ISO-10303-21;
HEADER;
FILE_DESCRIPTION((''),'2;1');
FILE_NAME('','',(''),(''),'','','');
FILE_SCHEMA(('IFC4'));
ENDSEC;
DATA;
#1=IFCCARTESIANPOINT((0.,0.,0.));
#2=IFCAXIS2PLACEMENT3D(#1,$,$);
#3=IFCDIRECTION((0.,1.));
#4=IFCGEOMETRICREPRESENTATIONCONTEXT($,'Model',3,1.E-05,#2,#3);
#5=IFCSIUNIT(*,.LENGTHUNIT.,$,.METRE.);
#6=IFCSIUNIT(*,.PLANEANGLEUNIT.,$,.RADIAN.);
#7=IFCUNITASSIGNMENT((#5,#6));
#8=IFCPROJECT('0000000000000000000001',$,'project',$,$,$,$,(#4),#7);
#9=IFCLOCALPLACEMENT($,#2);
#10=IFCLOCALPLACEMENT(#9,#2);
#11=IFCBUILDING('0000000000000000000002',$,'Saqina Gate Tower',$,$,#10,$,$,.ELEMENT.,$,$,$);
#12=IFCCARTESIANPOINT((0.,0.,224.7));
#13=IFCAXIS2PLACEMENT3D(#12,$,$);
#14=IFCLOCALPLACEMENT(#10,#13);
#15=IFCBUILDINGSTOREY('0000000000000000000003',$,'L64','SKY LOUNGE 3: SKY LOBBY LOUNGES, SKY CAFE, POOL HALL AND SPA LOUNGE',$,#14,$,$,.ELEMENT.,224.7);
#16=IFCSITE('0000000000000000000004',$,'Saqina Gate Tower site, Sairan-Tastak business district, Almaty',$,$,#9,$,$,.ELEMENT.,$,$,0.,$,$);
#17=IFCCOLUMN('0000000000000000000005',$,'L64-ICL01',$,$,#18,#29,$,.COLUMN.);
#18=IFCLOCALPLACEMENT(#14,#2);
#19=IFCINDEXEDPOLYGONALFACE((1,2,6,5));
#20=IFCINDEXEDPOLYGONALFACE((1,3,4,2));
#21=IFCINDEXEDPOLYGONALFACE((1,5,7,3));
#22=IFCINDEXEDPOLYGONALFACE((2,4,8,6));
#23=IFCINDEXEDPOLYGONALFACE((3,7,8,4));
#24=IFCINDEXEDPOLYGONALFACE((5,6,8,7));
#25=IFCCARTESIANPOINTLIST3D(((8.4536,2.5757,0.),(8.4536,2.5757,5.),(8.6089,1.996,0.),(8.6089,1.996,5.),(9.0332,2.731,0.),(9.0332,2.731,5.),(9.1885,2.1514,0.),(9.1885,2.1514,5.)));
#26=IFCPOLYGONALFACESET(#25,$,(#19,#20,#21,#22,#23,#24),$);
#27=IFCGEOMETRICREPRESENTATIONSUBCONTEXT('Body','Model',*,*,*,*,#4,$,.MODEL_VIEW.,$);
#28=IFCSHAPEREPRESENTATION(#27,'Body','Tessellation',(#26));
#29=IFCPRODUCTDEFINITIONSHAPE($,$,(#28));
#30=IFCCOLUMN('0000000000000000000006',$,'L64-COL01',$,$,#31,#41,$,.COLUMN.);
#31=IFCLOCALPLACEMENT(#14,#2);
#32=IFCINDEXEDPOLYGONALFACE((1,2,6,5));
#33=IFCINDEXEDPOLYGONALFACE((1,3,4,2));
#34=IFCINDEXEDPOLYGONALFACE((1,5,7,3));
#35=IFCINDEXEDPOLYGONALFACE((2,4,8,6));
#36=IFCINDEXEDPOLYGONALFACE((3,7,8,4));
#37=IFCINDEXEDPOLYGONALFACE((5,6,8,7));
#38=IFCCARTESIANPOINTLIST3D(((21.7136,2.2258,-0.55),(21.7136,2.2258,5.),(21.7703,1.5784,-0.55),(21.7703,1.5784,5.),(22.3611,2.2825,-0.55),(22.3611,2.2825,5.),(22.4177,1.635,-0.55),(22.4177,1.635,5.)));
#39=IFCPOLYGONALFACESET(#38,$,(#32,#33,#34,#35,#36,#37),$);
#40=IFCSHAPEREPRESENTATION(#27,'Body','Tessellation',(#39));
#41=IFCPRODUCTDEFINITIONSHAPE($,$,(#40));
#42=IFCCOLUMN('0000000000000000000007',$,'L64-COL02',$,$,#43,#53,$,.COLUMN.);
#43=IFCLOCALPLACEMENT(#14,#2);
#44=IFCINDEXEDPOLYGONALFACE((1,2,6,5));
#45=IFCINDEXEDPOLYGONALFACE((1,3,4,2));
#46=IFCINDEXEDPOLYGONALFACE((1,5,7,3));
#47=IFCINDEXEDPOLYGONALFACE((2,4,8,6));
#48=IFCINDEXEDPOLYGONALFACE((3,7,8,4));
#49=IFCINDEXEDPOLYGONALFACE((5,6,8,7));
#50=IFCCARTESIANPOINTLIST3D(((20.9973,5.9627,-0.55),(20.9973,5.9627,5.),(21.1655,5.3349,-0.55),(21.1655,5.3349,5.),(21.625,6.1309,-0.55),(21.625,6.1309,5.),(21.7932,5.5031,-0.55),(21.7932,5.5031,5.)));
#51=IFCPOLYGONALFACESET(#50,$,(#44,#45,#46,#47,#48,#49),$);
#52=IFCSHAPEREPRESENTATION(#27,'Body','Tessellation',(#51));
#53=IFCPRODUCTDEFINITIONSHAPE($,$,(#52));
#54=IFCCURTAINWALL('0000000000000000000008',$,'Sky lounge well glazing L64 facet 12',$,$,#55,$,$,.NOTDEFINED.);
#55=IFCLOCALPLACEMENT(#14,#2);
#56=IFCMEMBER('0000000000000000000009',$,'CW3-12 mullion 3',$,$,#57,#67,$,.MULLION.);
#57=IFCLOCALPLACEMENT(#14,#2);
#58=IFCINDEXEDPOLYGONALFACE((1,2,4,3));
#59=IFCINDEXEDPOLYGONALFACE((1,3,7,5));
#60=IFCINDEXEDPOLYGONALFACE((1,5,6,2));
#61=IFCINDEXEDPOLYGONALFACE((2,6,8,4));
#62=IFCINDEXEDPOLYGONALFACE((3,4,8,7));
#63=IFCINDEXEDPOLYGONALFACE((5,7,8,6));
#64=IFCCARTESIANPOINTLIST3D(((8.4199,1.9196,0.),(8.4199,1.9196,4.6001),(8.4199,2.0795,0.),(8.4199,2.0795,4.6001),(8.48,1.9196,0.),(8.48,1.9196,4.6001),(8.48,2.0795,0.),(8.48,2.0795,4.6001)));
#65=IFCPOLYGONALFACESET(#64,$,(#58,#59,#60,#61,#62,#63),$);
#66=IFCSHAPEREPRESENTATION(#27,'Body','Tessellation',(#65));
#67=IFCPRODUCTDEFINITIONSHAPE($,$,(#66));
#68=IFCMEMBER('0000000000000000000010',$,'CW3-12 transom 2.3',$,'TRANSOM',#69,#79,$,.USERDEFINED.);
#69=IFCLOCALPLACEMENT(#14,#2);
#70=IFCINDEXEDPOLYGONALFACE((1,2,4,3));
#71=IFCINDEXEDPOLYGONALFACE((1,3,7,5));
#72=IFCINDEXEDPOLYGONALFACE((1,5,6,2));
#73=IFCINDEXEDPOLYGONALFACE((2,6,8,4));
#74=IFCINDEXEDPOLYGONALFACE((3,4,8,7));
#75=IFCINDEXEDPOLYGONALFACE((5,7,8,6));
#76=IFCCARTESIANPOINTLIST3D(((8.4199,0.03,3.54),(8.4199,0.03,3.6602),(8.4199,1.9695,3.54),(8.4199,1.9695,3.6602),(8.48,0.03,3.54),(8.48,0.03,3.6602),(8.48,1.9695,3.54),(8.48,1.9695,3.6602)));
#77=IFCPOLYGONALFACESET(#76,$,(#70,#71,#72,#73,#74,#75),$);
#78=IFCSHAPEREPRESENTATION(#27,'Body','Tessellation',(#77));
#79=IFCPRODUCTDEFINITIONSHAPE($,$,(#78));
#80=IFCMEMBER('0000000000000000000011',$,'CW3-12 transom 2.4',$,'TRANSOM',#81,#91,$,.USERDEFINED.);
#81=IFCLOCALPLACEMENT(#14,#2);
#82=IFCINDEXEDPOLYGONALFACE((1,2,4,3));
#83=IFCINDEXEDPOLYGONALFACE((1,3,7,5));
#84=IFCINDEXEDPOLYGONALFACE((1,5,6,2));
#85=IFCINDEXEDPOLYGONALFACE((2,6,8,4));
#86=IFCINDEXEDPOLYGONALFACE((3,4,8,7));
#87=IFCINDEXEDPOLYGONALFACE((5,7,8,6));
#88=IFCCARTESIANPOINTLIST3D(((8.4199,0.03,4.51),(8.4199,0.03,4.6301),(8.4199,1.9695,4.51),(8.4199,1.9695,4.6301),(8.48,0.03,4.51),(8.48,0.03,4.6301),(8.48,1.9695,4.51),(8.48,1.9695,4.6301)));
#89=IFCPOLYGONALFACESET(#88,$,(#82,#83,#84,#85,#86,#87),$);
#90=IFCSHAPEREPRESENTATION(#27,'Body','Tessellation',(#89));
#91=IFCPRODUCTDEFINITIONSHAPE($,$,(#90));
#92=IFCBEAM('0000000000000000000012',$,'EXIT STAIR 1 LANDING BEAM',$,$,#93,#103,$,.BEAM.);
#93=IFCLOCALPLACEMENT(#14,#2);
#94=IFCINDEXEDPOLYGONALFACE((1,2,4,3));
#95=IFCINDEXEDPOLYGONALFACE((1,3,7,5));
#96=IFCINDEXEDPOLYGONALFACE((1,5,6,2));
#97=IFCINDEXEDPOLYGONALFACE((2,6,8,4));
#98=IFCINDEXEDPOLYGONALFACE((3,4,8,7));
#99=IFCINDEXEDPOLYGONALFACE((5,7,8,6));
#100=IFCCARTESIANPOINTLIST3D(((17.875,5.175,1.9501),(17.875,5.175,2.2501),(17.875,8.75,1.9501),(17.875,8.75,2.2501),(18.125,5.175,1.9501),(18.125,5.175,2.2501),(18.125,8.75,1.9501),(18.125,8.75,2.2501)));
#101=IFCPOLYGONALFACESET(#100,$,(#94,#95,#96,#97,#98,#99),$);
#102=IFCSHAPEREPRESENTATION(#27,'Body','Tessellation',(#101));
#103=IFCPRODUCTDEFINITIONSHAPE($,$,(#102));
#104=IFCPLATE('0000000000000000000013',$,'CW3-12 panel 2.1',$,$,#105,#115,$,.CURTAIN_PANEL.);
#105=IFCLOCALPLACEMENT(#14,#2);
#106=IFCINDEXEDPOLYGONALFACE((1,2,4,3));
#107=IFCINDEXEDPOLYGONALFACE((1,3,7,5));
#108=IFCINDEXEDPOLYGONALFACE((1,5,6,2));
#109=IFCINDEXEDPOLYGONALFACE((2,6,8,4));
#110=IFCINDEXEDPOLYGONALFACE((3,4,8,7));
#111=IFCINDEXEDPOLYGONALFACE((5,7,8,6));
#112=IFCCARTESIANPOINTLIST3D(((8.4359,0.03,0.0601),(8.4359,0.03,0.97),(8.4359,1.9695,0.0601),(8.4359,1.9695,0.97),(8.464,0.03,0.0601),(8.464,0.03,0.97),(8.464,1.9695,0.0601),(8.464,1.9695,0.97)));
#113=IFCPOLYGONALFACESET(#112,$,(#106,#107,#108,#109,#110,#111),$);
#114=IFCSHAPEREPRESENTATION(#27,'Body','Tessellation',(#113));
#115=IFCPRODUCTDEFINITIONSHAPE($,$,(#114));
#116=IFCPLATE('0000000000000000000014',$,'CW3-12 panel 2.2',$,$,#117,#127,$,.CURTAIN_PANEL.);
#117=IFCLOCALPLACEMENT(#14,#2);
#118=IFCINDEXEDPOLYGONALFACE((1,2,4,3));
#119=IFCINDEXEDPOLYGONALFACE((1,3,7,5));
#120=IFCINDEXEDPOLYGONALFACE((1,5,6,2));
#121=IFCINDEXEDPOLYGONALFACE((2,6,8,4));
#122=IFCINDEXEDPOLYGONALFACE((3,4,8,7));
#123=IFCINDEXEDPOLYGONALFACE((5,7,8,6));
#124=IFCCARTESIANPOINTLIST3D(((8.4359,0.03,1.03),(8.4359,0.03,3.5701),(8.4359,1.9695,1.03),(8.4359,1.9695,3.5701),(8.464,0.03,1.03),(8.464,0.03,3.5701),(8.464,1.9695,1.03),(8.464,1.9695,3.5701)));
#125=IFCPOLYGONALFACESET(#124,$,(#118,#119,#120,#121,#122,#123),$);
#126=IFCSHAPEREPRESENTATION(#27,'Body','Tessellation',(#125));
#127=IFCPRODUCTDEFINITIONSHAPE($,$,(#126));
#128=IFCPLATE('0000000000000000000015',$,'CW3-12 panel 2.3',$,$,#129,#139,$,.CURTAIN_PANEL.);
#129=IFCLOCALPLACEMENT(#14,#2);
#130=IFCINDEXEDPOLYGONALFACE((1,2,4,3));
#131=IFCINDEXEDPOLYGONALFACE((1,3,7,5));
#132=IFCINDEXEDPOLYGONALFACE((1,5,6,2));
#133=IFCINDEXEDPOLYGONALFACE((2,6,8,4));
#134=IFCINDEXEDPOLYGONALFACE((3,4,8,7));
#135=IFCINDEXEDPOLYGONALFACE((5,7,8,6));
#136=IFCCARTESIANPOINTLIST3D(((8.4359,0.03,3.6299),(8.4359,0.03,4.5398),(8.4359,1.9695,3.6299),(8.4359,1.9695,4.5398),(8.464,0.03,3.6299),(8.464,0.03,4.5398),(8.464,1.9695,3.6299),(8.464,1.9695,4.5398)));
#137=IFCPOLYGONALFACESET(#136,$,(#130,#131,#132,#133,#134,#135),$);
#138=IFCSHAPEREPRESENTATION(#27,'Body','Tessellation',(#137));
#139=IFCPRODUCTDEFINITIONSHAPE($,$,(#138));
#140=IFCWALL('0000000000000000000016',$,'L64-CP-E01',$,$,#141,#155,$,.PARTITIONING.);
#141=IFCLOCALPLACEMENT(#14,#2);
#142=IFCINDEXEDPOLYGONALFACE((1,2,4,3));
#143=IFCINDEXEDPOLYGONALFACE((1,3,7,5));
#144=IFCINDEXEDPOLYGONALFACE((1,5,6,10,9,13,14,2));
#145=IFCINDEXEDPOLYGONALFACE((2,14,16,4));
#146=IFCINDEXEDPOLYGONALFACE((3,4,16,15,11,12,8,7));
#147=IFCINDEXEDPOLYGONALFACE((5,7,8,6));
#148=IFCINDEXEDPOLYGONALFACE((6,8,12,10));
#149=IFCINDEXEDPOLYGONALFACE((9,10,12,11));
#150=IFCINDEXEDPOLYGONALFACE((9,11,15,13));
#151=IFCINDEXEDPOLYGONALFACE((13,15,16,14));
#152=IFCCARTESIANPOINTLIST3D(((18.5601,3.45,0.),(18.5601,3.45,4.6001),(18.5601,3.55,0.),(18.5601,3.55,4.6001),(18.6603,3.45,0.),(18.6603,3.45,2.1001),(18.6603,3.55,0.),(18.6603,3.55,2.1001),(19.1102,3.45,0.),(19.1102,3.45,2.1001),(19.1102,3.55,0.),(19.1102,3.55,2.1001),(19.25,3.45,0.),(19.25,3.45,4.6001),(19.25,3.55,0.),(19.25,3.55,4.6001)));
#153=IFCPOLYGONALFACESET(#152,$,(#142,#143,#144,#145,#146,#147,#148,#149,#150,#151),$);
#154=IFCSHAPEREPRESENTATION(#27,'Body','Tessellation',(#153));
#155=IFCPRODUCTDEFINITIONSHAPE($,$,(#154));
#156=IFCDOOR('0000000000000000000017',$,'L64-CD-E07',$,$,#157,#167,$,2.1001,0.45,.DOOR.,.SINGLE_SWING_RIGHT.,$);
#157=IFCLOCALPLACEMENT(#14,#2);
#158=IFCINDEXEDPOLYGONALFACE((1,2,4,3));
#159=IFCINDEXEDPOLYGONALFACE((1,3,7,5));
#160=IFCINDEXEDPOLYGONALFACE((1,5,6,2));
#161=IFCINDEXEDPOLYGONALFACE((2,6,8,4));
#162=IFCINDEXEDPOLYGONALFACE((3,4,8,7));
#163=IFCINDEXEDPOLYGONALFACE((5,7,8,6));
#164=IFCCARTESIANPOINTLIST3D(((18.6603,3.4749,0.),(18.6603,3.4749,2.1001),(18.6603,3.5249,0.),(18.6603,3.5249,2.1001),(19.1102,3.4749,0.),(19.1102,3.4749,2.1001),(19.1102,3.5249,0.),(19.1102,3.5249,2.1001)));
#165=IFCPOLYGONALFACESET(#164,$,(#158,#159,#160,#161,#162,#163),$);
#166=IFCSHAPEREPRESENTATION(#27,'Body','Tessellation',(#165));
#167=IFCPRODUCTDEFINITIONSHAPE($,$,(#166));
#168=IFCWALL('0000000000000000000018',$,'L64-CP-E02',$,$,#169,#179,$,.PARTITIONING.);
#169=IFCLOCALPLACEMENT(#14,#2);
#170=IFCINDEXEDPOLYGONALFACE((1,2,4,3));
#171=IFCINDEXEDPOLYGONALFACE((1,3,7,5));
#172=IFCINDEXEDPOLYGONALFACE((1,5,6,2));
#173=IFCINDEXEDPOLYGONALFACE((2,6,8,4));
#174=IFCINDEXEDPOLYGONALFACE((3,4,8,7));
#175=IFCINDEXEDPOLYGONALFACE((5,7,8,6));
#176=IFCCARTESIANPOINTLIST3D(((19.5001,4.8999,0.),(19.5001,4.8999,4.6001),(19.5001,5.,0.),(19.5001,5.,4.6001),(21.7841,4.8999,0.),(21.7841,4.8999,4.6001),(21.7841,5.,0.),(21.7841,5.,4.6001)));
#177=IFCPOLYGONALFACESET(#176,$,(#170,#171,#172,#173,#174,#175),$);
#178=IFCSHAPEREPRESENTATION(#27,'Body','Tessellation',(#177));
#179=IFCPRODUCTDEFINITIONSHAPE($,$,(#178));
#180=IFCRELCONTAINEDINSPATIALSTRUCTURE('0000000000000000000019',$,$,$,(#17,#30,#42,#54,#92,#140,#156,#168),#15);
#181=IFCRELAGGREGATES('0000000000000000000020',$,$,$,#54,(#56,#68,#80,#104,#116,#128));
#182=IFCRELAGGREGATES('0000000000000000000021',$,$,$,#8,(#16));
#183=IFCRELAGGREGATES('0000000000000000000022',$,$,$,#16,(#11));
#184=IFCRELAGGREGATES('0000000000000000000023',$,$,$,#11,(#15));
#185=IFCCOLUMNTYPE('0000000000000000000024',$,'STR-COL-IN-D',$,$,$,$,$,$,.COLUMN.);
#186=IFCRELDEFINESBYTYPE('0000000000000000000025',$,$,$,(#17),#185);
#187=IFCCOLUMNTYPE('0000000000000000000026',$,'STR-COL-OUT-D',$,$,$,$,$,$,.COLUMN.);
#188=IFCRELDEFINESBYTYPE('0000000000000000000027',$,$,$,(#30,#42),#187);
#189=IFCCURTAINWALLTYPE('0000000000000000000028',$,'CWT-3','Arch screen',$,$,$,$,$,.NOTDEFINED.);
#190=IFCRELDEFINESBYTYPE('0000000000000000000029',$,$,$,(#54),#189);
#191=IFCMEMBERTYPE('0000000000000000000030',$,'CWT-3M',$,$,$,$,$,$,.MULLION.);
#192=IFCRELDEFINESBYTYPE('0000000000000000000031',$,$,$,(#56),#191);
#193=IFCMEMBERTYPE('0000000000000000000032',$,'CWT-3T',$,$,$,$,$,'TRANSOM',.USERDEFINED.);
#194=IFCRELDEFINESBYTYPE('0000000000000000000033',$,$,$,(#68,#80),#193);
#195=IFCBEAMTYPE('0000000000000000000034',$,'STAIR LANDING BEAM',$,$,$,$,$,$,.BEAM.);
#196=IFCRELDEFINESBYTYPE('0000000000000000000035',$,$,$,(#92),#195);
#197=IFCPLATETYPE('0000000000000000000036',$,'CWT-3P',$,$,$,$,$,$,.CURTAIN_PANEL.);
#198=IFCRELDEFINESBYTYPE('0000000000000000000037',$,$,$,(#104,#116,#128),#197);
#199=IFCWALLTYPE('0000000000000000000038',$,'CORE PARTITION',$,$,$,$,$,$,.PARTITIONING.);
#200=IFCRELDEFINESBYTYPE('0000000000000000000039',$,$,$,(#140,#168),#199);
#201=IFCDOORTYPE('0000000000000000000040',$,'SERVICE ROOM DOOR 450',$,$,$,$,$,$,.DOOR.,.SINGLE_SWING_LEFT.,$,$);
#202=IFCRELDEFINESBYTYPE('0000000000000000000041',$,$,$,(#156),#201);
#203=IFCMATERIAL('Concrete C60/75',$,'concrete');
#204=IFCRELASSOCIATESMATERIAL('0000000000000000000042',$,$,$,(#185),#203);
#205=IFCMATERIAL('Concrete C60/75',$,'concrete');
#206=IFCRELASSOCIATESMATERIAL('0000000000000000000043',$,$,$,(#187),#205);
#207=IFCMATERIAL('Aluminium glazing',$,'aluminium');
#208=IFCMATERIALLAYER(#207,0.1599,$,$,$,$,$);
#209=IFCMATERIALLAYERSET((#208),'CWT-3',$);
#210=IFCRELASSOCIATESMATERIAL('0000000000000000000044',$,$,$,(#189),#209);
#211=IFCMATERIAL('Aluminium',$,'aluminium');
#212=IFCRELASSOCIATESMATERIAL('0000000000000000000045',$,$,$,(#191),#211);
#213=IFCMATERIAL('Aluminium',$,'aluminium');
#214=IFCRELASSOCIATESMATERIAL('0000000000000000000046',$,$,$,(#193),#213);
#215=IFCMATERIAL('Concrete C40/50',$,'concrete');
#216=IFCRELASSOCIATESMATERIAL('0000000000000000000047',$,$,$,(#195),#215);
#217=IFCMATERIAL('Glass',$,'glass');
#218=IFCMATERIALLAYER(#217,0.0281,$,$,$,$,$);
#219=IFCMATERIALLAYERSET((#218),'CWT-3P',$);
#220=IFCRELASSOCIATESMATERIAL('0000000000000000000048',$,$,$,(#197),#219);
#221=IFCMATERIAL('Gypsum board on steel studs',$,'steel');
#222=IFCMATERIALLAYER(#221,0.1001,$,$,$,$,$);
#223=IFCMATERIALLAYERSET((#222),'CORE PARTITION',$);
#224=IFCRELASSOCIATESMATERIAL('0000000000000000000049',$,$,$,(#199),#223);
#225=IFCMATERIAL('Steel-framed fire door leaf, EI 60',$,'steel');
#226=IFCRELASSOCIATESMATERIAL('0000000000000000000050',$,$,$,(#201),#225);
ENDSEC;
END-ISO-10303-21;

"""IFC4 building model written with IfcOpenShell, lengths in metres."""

from ifc_helpers import new_model, si_unit, direction, frame, frame_2d, origin, origin_2d, place, context, subcontext, project, spatial, rectangle, extrude, material, layer, layer_set, material_profile, profile_set, type_object, element, fill, aggregate, save


model = new_model("IFC4")

# Units and contexts
model_context = context("Model", 3, precision=1e-05, world=origin(), true_north=direction((0.0, 1.0)))
body_context = subcontext(model_context, "Body", "Model", "MODEL_VIEW")
ifc_project = project(units=[si_unit("LENGTHUNIT", "METRE"), si_unit("PLANEANGLEUNIT", "RADIAN")], contexts=[model_context])

# Site, building, storey
site_placement = place(None, origin())
site = spatial("IfcSite", under=ifc_project, at=site_placement, Name="Saqina Gate Tower site, Sairan-Tastak business district, Almaty", CompositionType="ELEMENT", RefElevation=0.0)
building_placement = place(site_placement, origin())
building = spatial("IfcBuilding", under=site, at=building_placement, Name="Saqina Gate Tower", CompositionType="ELEMENT")
storey_placement = place(building_placement, frame((0.0, 0.0, 224.7)))
storey = spatial("IfcBuildingStorey", under=building, at=storey_placement, Name="L64", Description="SKY LOUNGE 3: SKY LOBBY LOUNGES, SKY CAFE, POOL HALL AND SPA LOUNGE", CompositionType="ELEMENT", Elevation=224.7)

# Columns
ifc_material_1 = material(Name="Concrete C60/75", Category="concrete")
ifc_material_profile_1 = material_profile(ifc_material_1, rectangle(XDim=0.6001, YDim=0.6001, at=origin_2d()), Name="RC 600x600")
ifc_profile_set_1 = profile_set([ifc_material_profile_1], Name="Concrete C60/75")
column_type_1 = type_object("IfcColumnType", Name="STR-COL-IN-D", PredefinedType="COLUMN", material=ifc_profile_set_1)
column_placement = place(storey_placement, frame((8.821, 2.3635, 0.0), z_axis=(0.0, 0.0, 1.0), x_axis=(0.965926, 0.258819, 0.0)))
element("IfcColumn", 1, at=column_placement, inside=storey, type_object=column_type_1, Name="L64-ICL01", PredefinedType="COLUMN", context=body_context, shape_type="SweptSolid", body=[
    extrude(rectangle(XDim=0.6001, YDim=0.6001, at=origin_2d()), origin(), (0.0, 0.0, 1.0), 5.0),
])
ifc_material_2 = material(Name="Concrete C60/75", Category="concrete")
ifc_material_profile_2 = material_profile(ifc_material_2, rectangle(XDim=0.6499, YDim=0.6499, at=origin_2d()), Name="RC 650x650")
ifc_profile_set_2 = profile_set([ifc_material_profile_2], Name="Concrete C60/75")
column_type_2 = type_object("IfcColumnType", Name="STR-COL-OUT-D", PredefinedType="COLUMN", material=ifc_profile_set_2)
for number, where, z_axis, x_axis, name in (
    (2, (22.0657, 1.9304, -0.55), (0.0, 0.0, 1.0), (0.996195, 0.087156, 0.0), "L64-COL01"),
    (3, (21.3953, 5.7329, -0.55), (0.0, 0.0, 1.0), (0.965926, 0.258819, 0.0), "L64-COL02"),
):
    element("IfcColumn", number, at=place(storey_placement, frame(where, z_axis=z_axis, x_axis=x_axis)), inside=storey, type_object=column_type_2, Name=name, PredefinedType="COLUMN", context=body_context, shape_type="SweptSolid", body=[
        extrude(rectangle(XDim=0.6499, YDim=0.6499, at=origin_2d()), origin(), (0.0, 0.0, 1.0), 5.55),
    ])

# Curtain wall, members
ifc_material_3 = material(Name="Aluminium glazing", Category="aluminium")
ifc_layer_1 = layer(ifc_material_3, 0.1599)
ifc_layer_set_1 = layer_set([ifc_layer_1], Name="CWT-3")
curtain_wall_type = type_object("IfcCurtainWallType", Name="CWT-3", Description="Arch screen", PredefinedType="NOTDEFINED", material=ifc_layer_set_1)
curtain_wall_placement = place(storey_placement, origin())
curtain_wall = element("IfcCurtainWall", 4, at=curtain_wall_placement, inside=storey, type_object=curtain_wall_type, Name="Sky lounge well glazing L64 facet 12", PredefinedType="NOTDEFINED")
ifc_material_4 = material(Name="Aluminium", Category="aluminium")
ifc_material_profile_3 = material_profile(ifc_material_4, rectangle(XDim=0.0601, YDim=0.1599, at=origin_2d()), Name="Aluminium 60x160")
ifc_profile_set_3 = profile_set([ifc_material_profile_3], Name="Aluminium")
member_type_1 = type_object("IfcMemberType", Name="CWT-3M", PredefinedType="MULLION", material=ifc_profile_set_3)
member_1_placement = place(storey_placement, frame((8.45, 1.9995, 0.0), z_axis=(0.0, 0.0, 1.0), x_axis=(-1.0, 0.0, 0.0)))
member_1 = element("IfcMember", 5, at=member_1_placement, type_object=member_type_1, Name="CW3-12 mullion 3", PredefinedType="MULLION", context=body_context, shape_type="SweptSolid", body=[
    extrude(rectangle(XDim=0.0601, YDim=0.1599, at=origin_2d()), origin(), (0.0, 0.0, 1.0), 4.6001),
])
ifc_material_5 = material(Name="Aluminium", Category="aluminium")
ifc_material_profile_4 = material_profile(ifc_material_5, rectangle(XDim=0.0601, YDim=0.1201, at=origin_2d()), Name="Aluminium 60x120")
ifc_profile_set_4 = profile_set([ifc_material_profile_4], Name="Aluminium")
member_type_2 = type_object("IfcMemberType", Name="CWT-3T", ElementType="TRANSOM", PredefinedType="USERDEFINED", material=ifc_profile_set_4)
member_2_placement = place(storey_placement, frame((8.45, 0.03, 3.6001), z_axis=(0.0, 1.0, 0.0), x_axis=(-1.0, 0.0, 0.0)))
member_2 = element("IfcMember", 6, at=member_2_placement, type_object=member_type_2, Name="CW3-12 transom 2.3", ObjectType="TRANSOM", PredefinedType="USERDEFINED", context=body_context, shape_type="SweptSolid", body=[
    extrude(rectangle(XDim=0.0601, YDim=0.1201, at=origin_2d()), origin(), (0.0, 0.0, 1.0), 1.9395),
])
member_3_placement = place(storey_placement, frame((8.45, 0.03, 4.5701), z_axis=(0.0, 1.0, 0.0), x_axis=(-1.0, 0.0, 0.0)))
member_3 = element("IfcMember", 7, at=member_3_placement, type_object=member_type_2, Name="CW3-12 transom 2.4", ObjectType="TRANSOM", PredefinedType="USERDEFINED", context=body_context, shape_type="SweptSolid", body=[
    extrude(rectangle(XDim=0.0601, YDim=0.1201, at=origin_2d()), origin(), (0.0, 0.0, 1.0), 1.9395),
])

# Beam
ifc_material_6 = material(Name="Concrete C40/50", Category="concrete")
ifc_material_profile_5 = material_profile(ifc_material_6, rectangle(XDim=0.25, YDim=0.3, at=origin_2d()), Name="STAIR LANDING BEAM")
ifc_profile_set_5 = profile_set([ifc_material_profile_5], Name="Concrete C40/50")
beam_type = type_object("IfcBeamType", Name="STAIR LANDING BEAM", PredefinedType="BEAM", material=ifc_profile_set_5)
beam_placement = place(storey_placement, frame((18.0, 5.175, 2.1001), z_axis=(0.0, 1.0, 0.0), x_axis=(-1.0, 0.0, 0.0)))
element("IfcBeam", 8, at=beam_placement, inside=storey, type_object=beam_type, Name="EXIT STAIR 1 LANDING BEAM", PredefinedType="BEAM", context=body_context, shape_type="SweptSolid", body=[
    extrude(rectangle(XDim=0.25, YDim=0.3, at=origin_2d()), origin(), (0.0, 0.0, 1.0), 3.575),
])

# Plates
ifc_material_7 = material(Name="Glass", Category="glass")
ifc_layer_2 = layer(ifc_material_7, 0.0281)
ifc_layer_set_2 = layer_set([ifc_layer_2], Name="CWT-3P")
plate_type = type_object("IfcPlateType", Name="CWT-3P", PredefinedType="CURTAIN_PANEL", material=ifc_layer_set_2)
plate_1_placement = place(storey_placement, frame((8.45, 0.9998, 0.0601), z_axis=(0.0, 0.0, 1.0), x_axis=(0.0, 1.0, 0.0)))
plate_1 = element("IfcPlate", 9, at=plate_1_placement, type_object=plate_type, Name="CW3-12 panel 2.1", PredefinedType="CURTAIN_PANEL", context=body_context, shape_type="SweptSolid", body=[
    extrude(rectangle(XDim=1.9395, YDim=0.0281, at=origin_2d()), origin(), (0.0, 0.0, 1.0), 0.9099),
])
plate_2_placement = place(storey_placement, frame((8.45, 0.9998, 1.03), z_axis=(0.0, 0.0, 1.0), x_axis=(0.0, 1.0, 0.0)))
plate_2 = element("IfcPlate", 10, at=plate_2_placement, type_object=plate_type, Name="CW3-12 panel 2.2", PredefinedType="CURTAIN_PANEL", context=body_context, shape_type="SweptSolid", body=[
    extrude(rectangle(XDim=1.9395, YDim=0.0281, at=origin_2d()), origin(), (0.0, 0.0, 1.0), 2.54),
])
plate_3_placement = place(storey_placement, frame((8.45, 0.9998, 3.6299), z_axis=(0.0, 0.0, 1.0), x_axis=(0.0, 1.0, 0.0)))
plate_3 = element("IfcPlate", 11, at=plate_3_placement, type_object=plate_type, Name="CW3-12 panel 2.3", PredefinedType="CURTAIN_PANEL", context=body_context, shape_type="SweptSolid", body=[
    extrude(rectangle(XDim=1.9395, YDim=0.0281, at=origin_2d()), origin(), (0.0, 0.0, 1.0), 0.9099),
])
aggregate(curtain_wall, [member_1, member_2, member_3, plate_1, plate_2, plate_3])

# Wall, opening, door
ifc_material_8 = material(Name="Gypsum board on steel studs", Category="steel")
ifc_layer_3 = layer(ifc_material_8, 0.1001)
ifc_layer_set_3 = layer_set([ifc_layer_3], Name="CORE PARTITION")
wall_type_1 = type_object("IfcWallType", Name="CORE PARTITION", PredefinedType="PARTITIONING", material=ifc_layer_set_3)
wall_1_placement = place(storey_placement, frame((18.5601, 3.5, 0.0), z_axis=(0.0, 0.0, 1.0), x_axis=(1.0, 0.0, 0.0)))
wall_1 = element("IfcWall", 12, at=wall_1_placement, inside=storey, type_object=wall_type_1, Name="L64-CP-E01", PredefinedType="PARTITIONING", context=body_context, shape_type="SweptSolid", body=[
    extrude(rectangle(XDim=0.6899, YDim=0.1001, at=frame_2d((0.345, 0.0))), origin(), (0.0, 0.0, 1.0), 4.6001),
])
opening_1_placement = place(wall_1_placement, frame((0.1001, 0.0, 0.0)))
opening_1 = element("IfcOpeningElement", 13, at=opening_1_placement, cuts=wall_1, PredefinedType="OPENING", context=body_context, shape_type="SweptSolid", body=[
    extrude(rectangle(XDim=0.45, YDim=2.1001, at=frame_2d((0.2251, 1.05))), frame((0.0, 0.062, 0.0), z_axis=(0.0, -1.0, 0.0), x_axis=(1.0, 0.0, 0.0)), (0.0, 0.0, 1.0), 0.124),
])
ifc_material_9 = material(Name="Steel-framed fire door leaf, EI 60", Category="steel")
door_type_1 = type_object("IfcDoorType", Name="SERVICE ROOM DOOR 450", OperationType="SINGLE_SWING_LEFT", PredefinedType="DOOR", material=ifc_material_9)
door_1_placement = place(opening_1_placement, origin())
door_1 = element("IfcDoor", 14, at=door_1_placement, inside=storey, type_object=door_type_1, Name="L64-CD-E07", OperationType="SINGLE_SWING_RIGHT", OverallHeight=2.1001, OverallWidth=0.45, PredefinedType="DOOR", context=body_context, shape_type="SweptSolid", body=[
    extrude(rectangle(XDim=0.45, YDim=2.1001, at=frame_2d((0.2251, 1.05))), frame((0.0, 0.0249, 0.0), z_axis=(0.0, -1.0, 0.0), x_axis=(1.0, 0.0, 0.0)), (0.0, 0.0, 1.0), 0.05),
])
fill(opening_1, door_1)

# Wall
wall_2_placement = place(storey_placement, frame((19.5, 4.95, 0.0), z_axis=(0.0, 0.0, 1.0), x_axis=(1.0, 0.0, 0.0)))
element("IfcWall", 15, at=wall_2_placement, inside=storey, type_object=wall_type_1, Name="L64-CP-E02", PredefinedType="PARTITIONING", context=body_context, shape_type="SweptSolid", body=[
    extrude(rectangle(XDim=2.2839, YDim=0.1001, at=frame_2d((1.1421, 0.0))), origin(), (0.0, 0.0, 1.0), 4.6001),
])

save(model, "model.ifc")
